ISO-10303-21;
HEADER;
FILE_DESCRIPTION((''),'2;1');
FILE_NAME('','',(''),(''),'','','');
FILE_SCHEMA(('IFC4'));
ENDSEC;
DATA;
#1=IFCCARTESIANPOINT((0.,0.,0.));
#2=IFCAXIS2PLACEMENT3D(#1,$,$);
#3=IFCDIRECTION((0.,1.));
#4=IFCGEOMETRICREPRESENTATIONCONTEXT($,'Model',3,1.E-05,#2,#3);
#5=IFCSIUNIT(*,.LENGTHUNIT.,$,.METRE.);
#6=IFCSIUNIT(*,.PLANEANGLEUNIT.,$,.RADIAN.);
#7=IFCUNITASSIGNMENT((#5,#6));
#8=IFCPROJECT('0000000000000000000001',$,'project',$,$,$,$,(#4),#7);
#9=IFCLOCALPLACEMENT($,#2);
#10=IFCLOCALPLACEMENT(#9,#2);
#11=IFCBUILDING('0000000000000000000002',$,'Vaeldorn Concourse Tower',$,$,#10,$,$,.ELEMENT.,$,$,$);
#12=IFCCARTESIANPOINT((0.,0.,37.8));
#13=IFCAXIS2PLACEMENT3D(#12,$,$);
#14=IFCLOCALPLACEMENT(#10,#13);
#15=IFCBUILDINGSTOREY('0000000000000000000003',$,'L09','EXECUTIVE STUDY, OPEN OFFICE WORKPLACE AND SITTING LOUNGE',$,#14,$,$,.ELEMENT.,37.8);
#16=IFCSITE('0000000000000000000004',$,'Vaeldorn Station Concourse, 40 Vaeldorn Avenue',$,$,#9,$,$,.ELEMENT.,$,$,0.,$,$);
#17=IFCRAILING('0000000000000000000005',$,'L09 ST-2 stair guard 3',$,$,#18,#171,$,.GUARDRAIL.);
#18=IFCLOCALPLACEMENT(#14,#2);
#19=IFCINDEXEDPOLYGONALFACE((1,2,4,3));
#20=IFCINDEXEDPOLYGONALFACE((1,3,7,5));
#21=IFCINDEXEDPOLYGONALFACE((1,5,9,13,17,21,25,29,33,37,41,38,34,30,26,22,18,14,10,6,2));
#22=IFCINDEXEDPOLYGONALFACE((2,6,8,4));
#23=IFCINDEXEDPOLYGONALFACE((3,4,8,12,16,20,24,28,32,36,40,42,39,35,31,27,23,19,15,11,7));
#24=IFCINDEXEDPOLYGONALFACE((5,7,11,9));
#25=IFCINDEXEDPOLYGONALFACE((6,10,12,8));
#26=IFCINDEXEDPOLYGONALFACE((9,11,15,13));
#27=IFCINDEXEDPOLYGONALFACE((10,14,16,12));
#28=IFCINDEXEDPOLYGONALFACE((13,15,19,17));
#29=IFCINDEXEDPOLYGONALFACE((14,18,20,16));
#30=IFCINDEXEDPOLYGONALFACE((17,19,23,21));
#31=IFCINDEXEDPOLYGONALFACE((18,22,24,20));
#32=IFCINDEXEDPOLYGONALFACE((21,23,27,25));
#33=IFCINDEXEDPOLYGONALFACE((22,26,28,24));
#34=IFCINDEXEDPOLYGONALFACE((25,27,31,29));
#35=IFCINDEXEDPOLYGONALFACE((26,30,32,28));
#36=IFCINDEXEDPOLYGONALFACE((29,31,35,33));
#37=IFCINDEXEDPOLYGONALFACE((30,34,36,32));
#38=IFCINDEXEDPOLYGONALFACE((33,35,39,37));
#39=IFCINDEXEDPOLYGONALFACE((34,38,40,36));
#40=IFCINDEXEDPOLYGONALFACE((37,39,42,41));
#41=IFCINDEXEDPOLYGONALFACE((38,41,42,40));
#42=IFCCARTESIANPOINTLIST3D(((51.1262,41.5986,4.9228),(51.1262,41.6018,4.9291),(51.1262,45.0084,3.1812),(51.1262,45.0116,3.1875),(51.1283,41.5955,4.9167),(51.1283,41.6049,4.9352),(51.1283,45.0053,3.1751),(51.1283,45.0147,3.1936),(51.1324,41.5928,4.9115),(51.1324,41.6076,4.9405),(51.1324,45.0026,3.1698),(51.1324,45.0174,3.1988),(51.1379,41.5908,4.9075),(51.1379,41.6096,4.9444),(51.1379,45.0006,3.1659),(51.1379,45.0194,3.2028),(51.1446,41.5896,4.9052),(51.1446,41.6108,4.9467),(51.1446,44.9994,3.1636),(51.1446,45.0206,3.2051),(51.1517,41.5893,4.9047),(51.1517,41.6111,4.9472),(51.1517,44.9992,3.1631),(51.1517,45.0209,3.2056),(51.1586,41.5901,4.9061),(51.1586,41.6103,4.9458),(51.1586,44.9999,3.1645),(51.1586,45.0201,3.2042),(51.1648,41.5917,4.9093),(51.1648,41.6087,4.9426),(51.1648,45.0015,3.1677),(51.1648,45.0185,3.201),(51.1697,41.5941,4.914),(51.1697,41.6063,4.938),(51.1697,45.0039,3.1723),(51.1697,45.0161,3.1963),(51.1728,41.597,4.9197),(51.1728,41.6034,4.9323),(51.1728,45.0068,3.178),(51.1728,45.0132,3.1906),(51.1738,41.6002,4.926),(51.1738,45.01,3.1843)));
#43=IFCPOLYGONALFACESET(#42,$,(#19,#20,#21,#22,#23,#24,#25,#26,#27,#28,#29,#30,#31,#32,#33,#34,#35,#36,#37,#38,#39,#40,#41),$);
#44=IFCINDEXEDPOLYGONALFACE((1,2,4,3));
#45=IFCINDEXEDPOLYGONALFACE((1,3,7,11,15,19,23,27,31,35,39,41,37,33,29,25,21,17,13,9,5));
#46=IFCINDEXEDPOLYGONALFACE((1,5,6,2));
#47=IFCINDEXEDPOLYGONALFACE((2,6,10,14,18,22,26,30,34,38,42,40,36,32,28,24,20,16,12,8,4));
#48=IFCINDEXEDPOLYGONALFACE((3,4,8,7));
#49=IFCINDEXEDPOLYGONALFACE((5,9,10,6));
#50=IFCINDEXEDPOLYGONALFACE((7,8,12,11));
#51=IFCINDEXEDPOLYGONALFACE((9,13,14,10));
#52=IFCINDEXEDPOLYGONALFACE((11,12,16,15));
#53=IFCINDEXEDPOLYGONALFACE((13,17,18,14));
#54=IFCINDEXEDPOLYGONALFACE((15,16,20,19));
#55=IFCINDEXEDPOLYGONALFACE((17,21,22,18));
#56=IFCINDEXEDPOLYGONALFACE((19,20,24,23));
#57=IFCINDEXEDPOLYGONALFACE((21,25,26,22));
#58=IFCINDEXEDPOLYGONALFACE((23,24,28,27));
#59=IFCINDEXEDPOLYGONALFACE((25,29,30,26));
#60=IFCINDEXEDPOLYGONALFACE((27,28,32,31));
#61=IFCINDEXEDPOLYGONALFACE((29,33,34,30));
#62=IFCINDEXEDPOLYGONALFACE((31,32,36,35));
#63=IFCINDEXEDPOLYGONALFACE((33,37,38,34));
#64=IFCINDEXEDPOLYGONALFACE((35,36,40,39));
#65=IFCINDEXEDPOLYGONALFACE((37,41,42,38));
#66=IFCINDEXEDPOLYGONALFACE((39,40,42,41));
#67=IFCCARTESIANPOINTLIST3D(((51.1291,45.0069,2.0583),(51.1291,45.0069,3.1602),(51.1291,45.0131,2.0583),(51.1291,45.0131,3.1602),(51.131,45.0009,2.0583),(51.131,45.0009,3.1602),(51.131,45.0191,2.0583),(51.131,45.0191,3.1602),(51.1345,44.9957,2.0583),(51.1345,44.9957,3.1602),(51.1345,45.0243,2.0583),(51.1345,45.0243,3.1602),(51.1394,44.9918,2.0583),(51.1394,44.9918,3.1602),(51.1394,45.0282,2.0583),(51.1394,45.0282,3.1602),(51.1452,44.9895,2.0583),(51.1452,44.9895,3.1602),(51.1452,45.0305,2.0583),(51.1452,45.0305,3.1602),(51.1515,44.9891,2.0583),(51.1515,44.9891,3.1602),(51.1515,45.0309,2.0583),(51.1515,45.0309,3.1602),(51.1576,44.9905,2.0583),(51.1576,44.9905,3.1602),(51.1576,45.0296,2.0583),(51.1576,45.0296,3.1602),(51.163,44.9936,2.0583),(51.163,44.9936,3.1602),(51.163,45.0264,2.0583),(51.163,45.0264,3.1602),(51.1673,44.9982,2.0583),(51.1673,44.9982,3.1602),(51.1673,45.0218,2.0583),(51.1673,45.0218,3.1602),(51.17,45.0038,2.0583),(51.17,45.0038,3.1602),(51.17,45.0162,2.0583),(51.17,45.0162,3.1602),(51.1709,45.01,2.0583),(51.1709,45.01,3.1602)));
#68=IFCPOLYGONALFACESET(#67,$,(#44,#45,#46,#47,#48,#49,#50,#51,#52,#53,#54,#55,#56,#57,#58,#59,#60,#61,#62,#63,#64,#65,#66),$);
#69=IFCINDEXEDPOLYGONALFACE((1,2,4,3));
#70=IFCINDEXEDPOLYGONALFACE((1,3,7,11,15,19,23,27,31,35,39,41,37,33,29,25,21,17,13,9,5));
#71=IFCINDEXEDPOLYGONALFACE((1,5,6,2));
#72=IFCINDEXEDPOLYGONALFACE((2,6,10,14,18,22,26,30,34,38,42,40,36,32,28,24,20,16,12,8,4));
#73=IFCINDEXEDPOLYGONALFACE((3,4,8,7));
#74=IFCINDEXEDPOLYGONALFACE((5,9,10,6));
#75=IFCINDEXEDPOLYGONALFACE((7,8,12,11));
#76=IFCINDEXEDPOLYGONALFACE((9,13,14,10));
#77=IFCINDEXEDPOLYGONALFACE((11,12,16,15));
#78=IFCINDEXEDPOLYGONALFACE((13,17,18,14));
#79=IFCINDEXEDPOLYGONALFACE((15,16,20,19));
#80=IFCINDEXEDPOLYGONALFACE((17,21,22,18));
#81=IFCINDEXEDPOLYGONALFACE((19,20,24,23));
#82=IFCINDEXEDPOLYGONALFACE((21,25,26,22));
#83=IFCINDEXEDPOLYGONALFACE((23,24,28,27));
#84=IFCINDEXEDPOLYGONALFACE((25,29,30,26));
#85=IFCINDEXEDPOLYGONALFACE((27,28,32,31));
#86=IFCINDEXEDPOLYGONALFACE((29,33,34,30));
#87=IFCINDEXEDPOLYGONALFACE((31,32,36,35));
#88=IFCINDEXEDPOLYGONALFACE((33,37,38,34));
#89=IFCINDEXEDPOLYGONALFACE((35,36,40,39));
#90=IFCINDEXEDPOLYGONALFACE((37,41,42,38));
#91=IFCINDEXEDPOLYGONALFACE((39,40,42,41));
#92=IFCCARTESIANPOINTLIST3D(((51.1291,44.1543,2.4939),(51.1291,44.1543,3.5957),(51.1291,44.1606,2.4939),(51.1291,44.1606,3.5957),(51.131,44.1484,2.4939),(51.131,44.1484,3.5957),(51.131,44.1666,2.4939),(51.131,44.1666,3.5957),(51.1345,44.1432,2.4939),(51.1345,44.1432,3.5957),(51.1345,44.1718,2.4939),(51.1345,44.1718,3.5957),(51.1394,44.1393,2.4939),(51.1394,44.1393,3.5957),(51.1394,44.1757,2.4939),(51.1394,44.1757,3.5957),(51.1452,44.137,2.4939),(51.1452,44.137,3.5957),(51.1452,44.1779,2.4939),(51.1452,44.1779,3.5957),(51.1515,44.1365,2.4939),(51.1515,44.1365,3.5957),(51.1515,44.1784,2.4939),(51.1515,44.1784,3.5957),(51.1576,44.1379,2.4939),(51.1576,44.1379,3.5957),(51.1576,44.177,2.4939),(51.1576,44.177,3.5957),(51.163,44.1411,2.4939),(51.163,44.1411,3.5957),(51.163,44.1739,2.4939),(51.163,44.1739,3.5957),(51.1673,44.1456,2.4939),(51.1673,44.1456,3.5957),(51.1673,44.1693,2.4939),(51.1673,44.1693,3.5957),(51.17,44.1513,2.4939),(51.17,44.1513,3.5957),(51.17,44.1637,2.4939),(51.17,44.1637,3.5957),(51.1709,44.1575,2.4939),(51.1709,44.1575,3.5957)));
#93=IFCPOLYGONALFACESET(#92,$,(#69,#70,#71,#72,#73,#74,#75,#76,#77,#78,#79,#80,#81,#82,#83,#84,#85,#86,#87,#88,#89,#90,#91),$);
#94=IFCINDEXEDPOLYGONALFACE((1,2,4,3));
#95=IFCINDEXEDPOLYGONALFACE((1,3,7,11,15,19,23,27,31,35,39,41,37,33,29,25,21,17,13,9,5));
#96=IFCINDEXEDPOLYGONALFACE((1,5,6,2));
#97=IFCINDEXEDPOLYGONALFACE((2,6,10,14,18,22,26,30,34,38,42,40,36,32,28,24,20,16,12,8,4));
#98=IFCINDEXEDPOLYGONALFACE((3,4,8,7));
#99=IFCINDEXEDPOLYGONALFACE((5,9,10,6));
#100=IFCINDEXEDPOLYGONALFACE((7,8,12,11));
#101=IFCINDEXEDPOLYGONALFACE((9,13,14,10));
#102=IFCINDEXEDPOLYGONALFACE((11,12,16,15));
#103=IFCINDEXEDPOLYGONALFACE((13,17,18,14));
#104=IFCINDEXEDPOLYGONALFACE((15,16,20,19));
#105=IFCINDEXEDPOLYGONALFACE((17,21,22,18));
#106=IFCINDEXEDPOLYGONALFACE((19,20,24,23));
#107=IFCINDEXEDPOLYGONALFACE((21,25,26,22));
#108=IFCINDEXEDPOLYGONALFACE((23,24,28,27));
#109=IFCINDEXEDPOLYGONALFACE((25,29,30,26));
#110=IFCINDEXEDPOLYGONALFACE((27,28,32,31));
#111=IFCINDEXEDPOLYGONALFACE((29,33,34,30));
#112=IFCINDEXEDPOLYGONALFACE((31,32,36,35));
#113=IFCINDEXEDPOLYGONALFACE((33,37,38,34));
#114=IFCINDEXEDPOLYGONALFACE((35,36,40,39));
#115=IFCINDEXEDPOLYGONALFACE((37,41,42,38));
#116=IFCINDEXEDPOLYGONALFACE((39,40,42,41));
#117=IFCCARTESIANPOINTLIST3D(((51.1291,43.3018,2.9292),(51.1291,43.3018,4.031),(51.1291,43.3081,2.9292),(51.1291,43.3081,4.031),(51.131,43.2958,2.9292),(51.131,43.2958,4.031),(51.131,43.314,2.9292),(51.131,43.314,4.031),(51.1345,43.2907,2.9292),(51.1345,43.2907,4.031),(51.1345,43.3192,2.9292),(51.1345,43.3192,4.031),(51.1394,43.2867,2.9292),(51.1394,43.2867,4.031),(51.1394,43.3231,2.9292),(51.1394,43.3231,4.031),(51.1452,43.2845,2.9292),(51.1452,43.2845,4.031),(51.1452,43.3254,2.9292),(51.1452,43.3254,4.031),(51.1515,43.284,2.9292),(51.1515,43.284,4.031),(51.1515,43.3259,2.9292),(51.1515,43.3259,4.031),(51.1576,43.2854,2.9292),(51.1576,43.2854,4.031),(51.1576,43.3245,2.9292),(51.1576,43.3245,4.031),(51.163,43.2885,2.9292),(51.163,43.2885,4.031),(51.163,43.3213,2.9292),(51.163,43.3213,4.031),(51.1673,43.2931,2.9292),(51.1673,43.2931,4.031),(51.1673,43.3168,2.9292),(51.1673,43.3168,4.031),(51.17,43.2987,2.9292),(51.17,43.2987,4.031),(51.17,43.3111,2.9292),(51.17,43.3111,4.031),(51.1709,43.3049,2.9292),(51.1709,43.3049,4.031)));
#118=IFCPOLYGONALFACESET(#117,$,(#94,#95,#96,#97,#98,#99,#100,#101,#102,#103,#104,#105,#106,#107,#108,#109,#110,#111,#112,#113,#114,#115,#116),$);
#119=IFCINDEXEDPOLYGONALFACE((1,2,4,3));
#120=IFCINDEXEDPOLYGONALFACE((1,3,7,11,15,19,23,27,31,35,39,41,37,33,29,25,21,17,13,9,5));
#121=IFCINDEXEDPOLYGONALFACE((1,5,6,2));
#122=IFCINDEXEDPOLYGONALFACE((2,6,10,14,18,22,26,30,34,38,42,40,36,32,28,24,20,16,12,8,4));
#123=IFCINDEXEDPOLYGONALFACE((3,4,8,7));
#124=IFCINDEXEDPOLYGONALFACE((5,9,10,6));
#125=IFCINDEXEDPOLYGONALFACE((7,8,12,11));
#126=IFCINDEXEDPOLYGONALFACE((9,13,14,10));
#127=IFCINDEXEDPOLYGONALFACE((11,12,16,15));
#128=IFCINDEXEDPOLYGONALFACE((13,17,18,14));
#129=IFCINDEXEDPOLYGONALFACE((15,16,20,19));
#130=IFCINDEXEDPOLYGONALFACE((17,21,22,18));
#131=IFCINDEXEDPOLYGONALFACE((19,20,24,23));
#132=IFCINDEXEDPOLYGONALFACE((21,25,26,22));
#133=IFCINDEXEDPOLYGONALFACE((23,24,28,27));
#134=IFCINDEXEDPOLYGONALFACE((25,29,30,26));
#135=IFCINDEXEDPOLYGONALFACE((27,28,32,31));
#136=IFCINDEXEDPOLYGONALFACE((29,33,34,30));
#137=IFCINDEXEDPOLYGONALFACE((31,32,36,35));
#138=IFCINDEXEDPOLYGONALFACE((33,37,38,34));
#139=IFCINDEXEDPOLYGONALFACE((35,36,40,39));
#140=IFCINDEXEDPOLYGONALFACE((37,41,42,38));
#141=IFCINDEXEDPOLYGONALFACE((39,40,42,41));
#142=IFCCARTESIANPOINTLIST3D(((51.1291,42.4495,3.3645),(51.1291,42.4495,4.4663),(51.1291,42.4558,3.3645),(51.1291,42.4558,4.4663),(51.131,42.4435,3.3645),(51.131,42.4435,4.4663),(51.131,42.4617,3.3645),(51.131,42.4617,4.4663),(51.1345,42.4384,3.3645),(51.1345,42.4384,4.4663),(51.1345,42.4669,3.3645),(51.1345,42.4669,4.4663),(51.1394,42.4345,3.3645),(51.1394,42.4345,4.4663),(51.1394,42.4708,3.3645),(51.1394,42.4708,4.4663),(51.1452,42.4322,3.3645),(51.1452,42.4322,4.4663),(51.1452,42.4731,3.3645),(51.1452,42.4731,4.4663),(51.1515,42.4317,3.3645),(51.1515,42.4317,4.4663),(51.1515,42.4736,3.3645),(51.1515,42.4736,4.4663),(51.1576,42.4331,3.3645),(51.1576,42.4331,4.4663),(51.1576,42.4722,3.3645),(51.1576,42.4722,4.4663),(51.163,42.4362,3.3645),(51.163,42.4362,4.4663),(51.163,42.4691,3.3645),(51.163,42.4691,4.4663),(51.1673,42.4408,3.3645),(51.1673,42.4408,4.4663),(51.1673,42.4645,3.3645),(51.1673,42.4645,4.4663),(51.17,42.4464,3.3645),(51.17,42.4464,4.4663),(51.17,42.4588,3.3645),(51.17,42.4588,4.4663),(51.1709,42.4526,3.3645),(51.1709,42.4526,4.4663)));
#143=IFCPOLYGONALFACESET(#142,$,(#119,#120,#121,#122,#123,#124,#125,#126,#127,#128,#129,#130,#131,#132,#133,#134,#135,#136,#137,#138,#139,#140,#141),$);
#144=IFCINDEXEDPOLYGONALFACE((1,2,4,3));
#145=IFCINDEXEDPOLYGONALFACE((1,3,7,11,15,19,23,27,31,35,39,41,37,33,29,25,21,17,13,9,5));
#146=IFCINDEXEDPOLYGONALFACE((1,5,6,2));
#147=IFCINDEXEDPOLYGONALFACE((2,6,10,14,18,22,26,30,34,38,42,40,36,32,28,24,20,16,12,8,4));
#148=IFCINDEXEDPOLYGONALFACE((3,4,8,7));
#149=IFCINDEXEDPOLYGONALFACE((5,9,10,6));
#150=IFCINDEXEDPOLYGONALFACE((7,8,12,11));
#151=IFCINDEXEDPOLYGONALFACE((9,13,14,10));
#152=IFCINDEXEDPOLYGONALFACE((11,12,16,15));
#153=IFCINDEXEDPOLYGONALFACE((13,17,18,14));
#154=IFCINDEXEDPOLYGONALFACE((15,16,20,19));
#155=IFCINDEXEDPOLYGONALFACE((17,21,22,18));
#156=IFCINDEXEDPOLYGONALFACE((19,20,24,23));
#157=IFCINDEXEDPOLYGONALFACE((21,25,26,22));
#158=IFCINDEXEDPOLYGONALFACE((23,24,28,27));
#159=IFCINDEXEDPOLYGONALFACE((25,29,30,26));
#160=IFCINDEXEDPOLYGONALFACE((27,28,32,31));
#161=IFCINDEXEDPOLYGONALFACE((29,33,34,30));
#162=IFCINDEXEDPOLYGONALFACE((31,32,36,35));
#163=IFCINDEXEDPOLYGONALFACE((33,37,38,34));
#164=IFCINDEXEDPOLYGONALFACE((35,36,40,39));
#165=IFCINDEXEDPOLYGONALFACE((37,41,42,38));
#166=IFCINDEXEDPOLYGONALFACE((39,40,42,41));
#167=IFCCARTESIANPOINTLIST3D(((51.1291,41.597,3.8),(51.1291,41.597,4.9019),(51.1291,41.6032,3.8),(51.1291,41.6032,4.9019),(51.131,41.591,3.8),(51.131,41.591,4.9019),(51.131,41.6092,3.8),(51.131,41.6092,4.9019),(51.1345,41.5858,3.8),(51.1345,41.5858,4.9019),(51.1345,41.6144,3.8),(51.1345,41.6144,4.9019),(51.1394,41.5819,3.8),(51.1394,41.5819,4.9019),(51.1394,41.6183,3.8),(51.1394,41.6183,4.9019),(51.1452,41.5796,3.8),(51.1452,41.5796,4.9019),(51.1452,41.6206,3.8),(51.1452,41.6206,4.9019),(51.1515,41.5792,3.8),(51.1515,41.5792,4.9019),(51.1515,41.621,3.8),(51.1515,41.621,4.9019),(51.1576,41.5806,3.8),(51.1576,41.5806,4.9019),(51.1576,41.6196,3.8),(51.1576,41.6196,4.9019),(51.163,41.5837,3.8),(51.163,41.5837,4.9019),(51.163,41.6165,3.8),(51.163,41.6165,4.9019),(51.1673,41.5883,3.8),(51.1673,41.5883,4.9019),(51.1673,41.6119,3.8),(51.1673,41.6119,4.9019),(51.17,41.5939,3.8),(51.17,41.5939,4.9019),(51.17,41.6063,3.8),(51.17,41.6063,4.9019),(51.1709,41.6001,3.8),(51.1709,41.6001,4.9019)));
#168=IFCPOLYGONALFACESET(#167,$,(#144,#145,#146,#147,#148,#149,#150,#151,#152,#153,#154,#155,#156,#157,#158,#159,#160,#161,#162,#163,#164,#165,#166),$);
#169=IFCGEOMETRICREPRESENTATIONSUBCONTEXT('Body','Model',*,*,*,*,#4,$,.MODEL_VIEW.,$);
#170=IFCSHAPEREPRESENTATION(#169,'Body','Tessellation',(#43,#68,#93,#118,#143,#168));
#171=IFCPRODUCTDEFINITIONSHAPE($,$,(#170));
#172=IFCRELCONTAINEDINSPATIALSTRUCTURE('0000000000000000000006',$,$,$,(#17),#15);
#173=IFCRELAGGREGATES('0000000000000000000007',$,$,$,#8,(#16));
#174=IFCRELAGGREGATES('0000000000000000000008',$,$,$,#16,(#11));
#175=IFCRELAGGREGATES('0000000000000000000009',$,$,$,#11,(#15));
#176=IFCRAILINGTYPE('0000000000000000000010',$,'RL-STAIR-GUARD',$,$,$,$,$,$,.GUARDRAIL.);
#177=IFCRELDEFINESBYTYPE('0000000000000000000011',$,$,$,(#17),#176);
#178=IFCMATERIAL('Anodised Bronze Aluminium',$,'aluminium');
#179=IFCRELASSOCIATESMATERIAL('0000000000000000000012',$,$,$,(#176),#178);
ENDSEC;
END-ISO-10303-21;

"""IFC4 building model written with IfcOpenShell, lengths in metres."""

from ifc_helpers import new_model, si_unit, direction, frame, origin, origin_2d, place, context, subcontext, project, spatial, circle, extrude, material, type_object, element, save


model = new_model("IFC4")

# Units and contexts
model_context = context("Model", 3, precision=1e-05, world=origin(), true_north=direction((0.0, 1.0)))
body_context = subcontext(model_context, "Body", "Model", "MODEL_VIEW")
ifc_project = project(units=[si_unit("LENGTHUNIT", "METRE"), si_unit("PLANEANGLEUNIT", "RADIAN")], contexts=[model_context])

# Site, building, storey
site_placement = place(None, origin())
site = spatial("IfcSite", under=ifc_project, at=site_placement, Name="Vaeldorn Station Concourse, 40 Vaeldorn Avenue", CompositionType="ELEMENT", RefElevation=0.0)
building_placement = place(site_placement, origin())
building = spatial("IfcBuilding", under=site, at=building_placement, Name="Vaeldorn Concourse Tower", CompositionType="ELEMENT")
storey_placement = place(building_placement, frame((0.0, 0.0, 37.8)))
storey = spatial("IfcBuildingStorey", under=building, at=storey_placement, Name="L09", Description="EXECUTIVE STUDY, OPEN OFFICE WORKPLACE AND SITTING LOUNGE", CompositionType="ELEMENT", Elevation=37.8)

# Shared definitions
ifc_material_1 = material(Name="Anodised Bronze Aluminium", Category="aluminium")

# Railing
railing_type_1 = type_object("IfcRailingType", Name="RL-STAIR-GUARD", PredefinedType="GUARDRAIL", material=ifc_material_1)
railing_1_placement = place(storey_placement, frame((51.1499, 45.01, 2.0583)))
element("IfcRailing", 1, at=railing_1_placement, inside=storey, type_object=railing_type_1, Name="L09 ST-2 stair guard 3", PredefinedType="GUARDRAIL", context=body_context, shape_type="SweptSolid", body=[
    extrude(circle(Radius=0.0239, at=origin_2d()), frame((0.0, 0.0, 1.126), z_axis=(0.0, -0.890556, 0.454874), x_axis=(1.0, 0.0, 0.0)), (0.0, 0.0, 1.0), 3.8289),
    extrude(circle(Radius=0.021, at=origin_2d()), origin(), (0.0, 0.0, 1.0), 1.1018),
    extrude(circle(Radius=0.021, at=origin_2d()), frame((0.0, -0.8525, 0.4355)), (0.0, 0.0, 1.0), 1.1018),
    extrude(circle(Radius=0.021, at=origin_2d()), frame((0.0, -1.7051, 0.8708)), (0.0, 0.0, 1.0), 1.1018),
    extrude(circle(Radius=0.021, at=origin_2d()), frame((0.0, -2.5574, 1.3062)), (0.0, 0.0, 1.0), 1.1018),
    extrude(circle(Radius=0.021, at=origin_2d()), frame((0.0, -3.4099, 1.7417)), (0.0, 0.0, 1.0), 1.1018),
])

save(model, "model.ifc")
